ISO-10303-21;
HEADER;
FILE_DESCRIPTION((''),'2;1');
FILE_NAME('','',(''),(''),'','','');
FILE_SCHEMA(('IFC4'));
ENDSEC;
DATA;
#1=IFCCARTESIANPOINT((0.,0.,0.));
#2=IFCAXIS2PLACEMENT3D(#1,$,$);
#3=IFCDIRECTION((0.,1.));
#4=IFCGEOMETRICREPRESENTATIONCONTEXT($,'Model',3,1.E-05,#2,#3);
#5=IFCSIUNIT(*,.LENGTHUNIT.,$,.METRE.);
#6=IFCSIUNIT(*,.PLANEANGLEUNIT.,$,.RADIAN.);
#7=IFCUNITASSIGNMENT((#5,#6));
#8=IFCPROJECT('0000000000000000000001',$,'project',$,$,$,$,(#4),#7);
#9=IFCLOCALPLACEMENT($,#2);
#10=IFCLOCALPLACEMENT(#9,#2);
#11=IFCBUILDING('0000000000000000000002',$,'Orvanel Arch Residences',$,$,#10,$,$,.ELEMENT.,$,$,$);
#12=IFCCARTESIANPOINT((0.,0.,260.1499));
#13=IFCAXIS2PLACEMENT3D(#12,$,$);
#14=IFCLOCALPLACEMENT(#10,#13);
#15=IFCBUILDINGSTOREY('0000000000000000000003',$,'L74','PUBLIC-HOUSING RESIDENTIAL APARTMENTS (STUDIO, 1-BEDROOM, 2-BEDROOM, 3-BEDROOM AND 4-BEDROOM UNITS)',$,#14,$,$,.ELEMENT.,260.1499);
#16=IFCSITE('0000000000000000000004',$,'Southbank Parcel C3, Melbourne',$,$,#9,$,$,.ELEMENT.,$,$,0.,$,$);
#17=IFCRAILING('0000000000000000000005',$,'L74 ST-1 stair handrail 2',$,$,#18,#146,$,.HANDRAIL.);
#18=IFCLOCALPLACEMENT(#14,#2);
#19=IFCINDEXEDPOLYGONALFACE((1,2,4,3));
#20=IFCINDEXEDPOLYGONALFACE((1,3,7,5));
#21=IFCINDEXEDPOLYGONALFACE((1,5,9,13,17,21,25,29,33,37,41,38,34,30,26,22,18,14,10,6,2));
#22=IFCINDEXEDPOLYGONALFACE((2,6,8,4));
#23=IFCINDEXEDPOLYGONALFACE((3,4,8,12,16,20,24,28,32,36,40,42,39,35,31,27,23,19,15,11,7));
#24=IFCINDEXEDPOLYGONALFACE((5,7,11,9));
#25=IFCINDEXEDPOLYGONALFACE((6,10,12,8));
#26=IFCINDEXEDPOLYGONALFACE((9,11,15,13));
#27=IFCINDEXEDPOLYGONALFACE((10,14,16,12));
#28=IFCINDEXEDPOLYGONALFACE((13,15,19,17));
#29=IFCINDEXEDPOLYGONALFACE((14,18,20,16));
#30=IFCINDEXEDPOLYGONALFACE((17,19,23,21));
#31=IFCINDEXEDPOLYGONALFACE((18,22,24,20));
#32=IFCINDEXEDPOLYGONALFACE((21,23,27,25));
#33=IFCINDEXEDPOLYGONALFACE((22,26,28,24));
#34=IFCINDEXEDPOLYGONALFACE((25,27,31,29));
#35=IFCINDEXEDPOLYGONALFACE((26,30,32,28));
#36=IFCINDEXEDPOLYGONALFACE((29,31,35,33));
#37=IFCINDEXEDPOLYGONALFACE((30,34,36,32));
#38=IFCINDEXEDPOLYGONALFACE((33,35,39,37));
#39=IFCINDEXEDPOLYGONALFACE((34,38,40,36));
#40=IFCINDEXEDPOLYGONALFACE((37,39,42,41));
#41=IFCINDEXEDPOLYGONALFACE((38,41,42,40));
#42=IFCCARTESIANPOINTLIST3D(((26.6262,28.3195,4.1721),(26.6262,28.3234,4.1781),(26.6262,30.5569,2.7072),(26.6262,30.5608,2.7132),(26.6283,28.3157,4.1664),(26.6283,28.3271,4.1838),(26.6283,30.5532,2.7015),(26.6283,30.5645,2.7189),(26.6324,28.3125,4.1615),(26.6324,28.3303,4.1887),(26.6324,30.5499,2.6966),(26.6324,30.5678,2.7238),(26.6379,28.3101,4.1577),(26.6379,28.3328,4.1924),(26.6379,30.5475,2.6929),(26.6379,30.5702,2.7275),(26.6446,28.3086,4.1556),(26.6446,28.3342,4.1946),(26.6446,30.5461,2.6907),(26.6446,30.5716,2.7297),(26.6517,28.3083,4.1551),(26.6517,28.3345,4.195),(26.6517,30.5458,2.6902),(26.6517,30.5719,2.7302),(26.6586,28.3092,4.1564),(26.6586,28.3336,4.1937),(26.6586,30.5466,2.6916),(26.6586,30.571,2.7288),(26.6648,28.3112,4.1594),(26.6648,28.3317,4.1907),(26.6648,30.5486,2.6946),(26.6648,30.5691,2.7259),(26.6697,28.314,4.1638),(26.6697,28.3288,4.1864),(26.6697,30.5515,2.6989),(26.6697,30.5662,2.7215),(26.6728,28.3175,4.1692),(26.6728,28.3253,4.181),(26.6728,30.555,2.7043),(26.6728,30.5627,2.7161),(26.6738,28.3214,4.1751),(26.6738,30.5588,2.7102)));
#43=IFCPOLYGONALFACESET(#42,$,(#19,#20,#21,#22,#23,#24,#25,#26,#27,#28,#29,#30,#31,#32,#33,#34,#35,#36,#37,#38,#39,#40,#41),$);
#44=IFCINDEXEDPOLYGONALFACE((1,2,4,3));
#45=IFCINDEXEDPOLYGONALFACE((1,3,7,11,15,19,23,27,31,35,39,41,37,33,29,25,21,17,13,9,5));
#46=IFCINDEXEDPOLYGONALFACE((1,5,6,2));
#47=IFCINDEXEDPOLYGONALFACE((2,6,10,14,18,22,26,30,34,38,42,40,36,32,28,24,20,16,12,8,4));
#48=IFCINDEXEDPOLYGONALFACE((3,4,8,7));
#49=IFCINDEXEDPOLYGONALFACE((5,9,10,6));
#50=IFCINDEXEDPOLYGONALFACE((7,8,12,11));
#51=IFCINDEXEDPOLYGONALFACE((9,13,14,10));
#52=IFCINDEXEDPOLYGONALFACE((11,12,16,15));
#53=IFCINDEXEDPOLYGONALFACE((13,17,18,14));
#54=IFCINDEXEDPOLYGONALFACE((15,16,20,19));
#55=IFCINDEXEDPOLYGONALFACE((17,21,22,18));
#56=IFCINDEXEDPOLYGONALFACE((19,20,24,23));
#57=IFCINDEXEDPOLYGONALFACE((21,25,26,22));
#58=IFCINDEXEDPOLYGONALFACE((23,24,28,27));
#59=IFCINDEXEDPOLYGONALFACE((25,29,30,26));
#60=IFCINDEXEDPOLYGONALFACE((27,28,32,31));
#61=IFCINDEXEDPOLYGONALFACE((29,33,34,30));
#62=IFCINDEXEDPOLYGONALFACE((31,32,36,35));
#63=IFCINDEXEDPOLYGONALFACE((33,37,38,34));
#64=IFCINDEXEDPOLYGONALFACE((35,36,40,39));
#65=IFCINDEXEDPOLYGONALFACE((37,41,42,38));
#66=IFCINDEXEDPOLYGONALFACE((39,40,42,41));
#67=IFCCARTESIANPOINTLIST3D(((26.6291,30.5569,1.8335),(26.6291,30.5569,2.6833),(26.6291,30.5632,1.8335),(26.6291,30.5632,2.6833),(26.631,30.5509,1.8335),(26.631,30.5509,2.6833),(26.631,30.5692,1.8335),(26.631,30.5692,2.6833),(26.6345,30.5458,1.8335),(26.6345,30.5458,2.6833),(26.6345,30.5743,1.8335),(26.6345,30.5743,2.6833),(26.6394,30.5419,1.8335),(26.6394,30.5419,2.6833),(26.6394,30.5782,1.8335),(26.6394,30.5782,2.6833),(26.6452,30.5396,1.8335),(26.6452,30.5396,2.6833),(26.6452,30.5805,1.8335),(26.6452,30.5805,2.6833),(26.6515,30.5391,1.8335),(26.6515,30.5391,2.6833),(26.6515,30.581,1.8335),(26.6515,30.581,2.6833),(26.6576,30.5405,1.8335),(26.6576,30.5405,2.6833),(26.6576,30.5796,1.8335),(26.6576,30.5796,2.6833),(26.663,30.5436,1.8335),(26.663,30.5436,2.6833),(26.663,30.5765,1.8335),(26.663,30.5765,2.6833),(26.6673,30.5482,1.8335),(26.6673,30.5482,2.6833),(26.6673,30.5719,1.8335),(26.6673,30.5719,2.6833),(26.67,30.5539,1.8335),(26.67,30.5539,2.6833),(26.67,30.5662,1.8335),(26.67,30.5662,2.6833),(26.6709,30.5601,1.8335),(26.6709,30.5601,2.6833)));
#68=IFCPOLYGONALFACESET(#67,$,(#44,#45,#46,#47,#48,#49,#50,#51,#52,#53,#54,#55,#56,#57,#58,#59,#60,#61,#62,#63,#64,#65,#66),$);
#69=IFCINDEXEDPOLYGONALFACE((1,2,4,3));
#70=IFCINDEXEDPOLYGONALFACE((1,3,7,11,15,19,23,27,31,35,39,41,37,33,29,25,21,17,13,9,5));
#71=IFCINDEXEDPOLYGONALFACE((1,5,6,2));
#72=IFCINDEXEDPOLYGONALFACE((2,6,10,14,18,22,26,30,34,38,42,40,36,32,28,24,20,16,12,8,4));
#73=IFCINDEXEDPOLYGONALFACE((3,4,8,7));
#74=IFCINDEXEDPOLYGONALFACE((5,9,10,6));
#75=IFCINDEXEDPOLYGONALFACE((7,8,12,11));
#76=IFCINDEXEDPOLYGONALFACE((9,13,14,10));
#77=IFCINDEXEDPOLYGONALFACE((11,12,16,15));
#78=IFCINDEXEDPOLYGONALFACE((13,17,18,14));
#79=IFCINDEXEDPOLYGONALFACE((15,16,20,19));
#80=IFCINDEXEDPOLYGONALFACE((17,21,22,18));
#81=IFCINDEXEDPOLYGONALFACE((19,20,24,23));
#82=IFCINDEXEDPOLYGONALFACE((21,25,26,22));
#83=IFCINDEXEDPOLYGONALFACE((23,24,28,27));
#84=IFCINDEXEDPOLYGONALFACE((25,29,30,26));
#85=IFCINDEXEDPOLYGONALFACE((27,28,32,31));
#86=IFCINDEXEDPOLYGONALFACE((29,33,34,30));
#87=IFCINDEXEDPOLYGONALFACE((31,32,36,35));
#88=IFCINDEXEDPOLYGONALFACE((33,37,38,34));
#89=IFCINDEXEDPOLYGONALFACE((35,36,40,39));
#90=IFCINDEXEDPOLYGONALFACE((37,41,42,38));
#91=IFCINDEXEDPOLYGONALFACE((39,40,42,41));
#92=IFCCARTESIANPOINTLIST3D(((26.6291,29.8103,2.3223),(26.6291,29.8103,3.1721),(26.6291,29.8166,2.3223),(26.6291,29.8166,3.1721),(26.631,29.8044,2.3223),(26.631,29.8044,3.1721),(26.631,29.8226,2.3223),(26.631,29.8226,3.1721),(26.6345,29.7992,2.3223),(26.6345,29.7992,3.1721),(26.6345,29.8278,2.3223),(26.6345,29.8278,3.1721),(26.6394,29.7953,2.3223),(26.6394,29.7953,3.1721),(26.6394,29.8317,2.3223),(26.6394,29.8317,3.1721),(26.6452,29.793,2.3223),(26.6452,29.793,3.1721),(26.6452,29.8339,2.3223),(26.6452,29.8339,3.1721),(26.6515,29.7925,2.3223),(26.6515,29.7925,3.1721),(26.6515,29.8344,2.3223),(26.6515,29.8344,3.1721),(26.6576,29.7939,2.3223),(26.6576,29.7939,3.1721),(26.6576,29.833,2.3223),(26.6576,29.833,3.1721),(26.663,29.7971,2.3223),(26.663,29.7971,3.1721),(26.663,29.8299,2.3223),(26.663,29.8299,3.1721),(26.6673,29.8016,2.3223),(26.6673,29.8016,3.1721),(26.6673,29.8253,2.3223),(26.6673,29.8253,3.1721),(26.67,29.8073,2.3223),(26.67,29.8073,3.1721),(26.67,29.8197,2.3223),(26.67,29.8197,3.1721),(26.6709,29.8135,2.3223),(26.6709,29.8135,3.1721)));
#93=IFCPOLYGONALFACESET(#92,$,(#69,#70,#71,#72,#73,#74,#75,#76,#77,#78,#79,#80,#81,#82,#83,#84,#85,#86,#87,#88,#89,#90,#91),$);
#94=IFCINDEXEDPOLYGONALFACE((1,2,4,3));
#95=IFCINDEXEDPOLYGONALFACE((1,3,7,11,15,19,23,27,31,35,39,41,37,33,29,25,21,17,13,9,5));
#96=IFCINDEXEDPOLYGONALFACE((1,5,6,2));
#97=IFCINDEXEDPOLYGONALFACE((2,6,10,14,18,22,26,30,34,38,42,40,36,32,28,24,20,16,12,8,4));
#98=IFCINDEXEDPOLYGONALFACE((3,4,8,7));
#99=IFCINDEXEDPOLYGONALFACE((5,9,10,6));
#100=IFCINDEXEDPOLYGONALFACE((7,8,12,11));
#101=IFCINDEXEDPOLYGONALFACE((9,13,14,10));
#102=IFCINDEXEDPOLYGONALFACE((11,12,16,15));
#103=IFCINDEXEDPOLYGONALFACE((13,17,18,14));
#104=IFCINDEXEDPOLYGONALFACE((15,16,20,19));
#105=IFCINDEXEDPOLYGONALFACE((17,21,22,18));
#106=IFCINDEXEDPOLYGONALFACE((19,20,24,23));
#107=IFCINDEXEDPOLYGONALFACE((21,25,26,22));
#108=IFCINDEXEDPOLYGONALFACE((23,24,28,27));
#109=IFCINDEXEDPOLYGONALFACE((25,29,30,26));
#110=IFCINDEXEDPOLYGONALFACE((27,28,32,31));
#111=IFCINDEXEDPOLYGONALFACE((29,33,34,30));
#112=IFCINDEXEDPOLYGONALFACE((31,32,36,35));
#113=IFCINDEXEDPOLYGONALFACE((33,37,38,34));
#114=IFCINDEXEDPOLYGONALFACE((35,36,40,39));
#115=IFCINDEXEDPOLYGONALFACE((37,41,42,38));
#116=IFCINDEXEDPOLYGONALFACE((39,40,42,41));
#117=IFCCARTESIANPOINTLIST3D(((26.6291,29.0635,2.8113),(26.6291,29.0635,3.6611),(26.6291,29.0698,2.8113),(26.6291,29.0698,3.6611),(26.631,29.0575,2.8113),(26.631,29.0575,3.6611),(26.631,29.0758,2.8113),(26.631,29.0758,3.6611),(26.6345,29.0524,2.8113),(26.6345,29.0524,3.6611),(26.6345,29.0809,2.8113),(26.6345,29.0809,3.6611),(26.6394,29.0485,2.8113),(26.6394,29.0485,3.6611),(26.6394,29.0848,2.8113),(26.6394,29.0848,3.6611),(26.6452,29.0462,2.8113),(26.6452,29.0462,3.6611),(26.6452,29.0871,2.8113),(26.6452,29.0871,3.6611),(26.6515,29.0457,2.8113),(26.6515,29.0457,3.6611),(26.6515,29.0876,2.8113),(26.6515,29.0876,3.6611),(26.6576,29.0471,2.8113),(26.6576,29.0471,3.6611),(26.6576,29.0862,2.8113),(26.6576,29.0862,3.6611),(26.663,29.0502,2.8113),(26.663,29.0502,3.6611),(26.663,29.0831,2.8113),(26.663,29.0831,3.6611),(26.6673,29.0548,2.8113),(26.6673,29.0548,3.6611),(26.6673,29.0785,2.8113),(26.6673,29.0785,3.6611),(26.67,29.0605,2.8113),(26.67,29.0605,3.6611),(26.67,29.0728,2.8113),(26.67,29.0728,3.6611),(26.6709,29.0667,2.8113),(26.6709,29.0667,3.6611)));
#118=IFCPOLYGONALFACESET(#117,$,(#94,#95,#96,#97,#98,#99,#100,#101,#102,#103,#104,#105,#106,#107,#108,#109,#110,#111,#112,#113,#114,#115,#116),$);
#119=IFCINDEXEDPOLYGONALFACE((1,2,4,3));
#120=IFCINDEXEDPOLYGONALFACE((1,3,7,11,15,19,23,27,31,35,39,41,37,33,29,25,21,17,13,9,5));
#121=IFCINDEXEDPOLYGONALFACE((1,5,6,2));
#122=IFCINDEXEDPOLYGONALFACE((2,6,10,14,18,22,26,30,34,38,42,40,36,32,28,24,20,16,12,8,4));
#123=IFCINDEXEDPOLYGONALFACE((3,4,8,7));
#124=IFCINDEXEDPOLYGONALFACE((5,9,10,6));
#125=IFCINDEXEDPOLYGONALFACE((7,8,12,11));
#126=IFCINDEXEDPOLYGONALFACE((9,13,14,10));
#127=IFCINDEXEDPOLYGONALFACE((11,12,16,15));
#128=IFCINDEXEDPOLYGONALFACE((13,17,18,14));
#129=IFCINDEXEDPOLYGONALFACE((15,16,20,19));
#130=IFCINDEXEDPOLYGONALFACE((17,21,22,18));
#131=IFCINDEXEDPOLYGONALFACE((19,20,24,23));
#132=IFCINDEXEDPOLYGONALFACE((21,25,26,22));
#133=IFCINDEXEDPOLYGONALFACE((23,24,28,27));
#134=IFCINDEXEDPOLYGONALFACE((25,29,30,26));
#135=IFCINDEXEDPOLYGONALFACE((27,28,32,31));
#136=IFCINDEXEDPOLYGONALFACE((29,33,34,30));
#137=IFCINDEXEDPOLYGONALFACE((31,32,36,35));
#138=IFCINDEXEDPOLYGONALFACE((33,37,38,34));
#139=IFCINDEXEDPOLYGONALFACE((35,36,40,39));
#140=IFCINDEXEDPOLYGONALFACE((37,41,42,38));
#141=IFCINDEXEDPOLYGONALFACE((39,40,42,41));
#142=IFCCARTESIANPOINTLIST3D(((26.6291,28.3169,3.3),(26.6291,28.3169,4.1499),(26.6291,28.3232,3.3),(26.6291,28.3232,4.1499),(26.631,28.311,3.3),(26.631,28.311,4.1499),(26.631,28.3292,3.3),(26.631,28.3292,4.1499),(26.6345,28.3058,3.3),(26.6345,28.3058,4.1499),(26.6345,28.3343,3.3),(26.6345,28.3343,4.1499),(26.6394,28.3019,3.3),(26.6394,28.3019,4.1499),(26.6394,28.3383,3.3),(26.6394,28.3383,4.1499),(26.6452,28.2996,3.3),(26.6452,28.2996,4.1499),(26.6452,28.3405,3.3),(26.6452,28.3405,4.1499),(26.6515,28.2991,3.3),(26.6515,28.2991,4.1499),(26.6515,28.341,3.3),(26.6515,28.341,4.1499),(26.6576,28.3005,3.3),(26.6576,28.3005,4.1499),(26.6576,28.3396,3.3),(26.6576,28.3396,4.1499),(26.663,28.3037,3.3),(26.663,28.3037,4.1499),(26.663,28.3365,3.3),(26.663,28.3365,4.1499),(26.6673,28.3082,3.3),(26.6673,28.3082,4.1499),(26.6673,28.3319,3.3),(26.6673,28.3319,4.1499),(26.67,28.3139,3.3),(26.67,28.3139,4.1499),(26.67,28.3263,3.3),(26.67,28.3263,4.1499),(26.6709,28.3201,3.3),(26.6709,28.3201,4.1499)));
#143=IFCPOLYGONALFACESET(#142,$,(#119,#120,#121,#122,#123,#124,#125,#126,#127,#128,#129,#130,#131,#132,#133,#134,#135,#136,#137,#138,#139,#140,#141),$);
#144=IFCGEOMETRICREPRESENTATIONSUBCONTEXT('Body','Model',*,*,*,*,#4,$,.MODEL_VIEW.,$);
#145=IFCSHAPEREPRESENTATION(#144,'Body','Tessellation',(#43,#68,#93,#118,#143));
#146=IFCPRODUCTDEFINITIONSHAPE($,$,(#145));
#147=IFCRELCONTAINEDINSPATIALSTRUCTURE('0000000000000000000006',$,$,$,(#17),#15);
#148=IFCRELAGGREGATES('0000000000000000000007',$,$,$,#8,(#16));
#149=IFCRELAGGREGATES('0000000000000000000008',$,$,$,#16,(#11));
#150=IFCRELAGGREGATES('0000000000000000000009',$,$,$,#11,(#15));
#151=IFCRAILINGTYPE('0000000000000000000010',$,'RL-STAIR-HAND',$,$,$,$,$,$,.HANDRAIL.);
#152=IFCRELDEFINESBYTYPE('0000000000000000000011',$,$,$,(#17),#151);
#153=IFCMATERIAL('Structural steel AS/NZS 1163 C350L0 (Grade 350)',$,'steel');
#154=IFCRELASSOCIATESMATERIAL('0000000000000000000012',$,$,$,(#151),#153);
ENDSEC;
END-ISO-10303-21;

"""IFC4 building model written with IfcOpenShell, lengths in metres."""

from ifc_helpers import new_model, si_unit, direction, frame, origin, origin_2d, place, context, subcontext, project, spatial, circle, extrude, material, type_object, element, save


model = new_model("IFC4")

# Units and contexts
model_context = context("Model", 3, precision=1e-05, world=origin(), true_north=direction((0.0, 1.0)))
body_context = subcontext(model_context, "Body", "Model", "MODEL_VIEW")
ifc_project = project(units=[si_unit("LENGTHUNIT", "METRE"), si_unit("PLANEANGLEUNIT", "RADIAN")], contexts=[model_context])

# Site, building, storey
site_placement = place(None, origin())
site = spatial("IfcSite", under=ifc_project, at=site_placement, Name="Southbank Parcel C3, Melbourne", CompositionType="ELEMENT", RefElevation=0.0)
building_placement = place(site_placement, origin())
building = spatial("IfcBuilding", under=site, at=building_placement, Name="Orvanel Arch Residences", CompositionType="ELEMENT")
storey_placement = place(building_placement, frame((0.0, 0.0, 260.1499)))
storey = spatial("IfcBuildingStorey", under=building, at=storey_placement, Name="L74", Description="PUBLIC-HOUSING RESIDENTIAL APARTMENTS (STUDIO, 1-BEDROOM, 2-BEDROOM, 3-BEDROOM AND 4-BEDROOM UNITS)", CompositionType="ELEMENT", Elevation=260.1499)

# Railing
ifc_material_1 = material(Name="Structural steel AS/NZS 1163 C350L0 (Grade 350)", Category="steel")
railing_type_1 = type_object("IfcRailingType", Name="RL-STAIR-HAND", PredefinedType="HANDRAIL", material=ifc_material_1)
railing_1_placement = place(storey_placement, frame((26.6499, 30.5601, 1.8335)))
element("IfcRailing", 1, at=railing_1_placement, inside=storey, type_object=railing_type_1, Name="L74 ST-1 stair handrail 2", PredefinedType="HANDRAIL", context=body_context, shape_type="SweptSolid", body=[
    extrude(circle(Radius=0.0239, at=origin_2d()), frame((0.0, -0.0012, 0.8767), z_axis=(0.0, -0.836637, 0.547758), x_axis=(1.0, 0.0, 0.0)), (0.0, 0.0, 1.0), 2.6743),
    extrude(circle(Radius=0.021, at=origin_2d()), origin(), (0.0, 0.0, 1.0), 0.8499),
    extrude(circle(Radius=0.021, at=origin_2d()), frame((0.0, -0.7466, 0.4888)), (0.0, 0.0, 1.0), 0.8499),
    extrude(circle(Radius=0.021, at=origin_2d()), frame((0.0, -1.4934, 0.9778)), (0.0, 0.0, 1.0), 0.8499),
    extrude(circle(Radius=0.021, at=origin_2d()), frame((0.0, -2.24, 1.4666)), (0.0, 0.0, 1.0), 0.8499),
])

save(model, "model.ifc")
